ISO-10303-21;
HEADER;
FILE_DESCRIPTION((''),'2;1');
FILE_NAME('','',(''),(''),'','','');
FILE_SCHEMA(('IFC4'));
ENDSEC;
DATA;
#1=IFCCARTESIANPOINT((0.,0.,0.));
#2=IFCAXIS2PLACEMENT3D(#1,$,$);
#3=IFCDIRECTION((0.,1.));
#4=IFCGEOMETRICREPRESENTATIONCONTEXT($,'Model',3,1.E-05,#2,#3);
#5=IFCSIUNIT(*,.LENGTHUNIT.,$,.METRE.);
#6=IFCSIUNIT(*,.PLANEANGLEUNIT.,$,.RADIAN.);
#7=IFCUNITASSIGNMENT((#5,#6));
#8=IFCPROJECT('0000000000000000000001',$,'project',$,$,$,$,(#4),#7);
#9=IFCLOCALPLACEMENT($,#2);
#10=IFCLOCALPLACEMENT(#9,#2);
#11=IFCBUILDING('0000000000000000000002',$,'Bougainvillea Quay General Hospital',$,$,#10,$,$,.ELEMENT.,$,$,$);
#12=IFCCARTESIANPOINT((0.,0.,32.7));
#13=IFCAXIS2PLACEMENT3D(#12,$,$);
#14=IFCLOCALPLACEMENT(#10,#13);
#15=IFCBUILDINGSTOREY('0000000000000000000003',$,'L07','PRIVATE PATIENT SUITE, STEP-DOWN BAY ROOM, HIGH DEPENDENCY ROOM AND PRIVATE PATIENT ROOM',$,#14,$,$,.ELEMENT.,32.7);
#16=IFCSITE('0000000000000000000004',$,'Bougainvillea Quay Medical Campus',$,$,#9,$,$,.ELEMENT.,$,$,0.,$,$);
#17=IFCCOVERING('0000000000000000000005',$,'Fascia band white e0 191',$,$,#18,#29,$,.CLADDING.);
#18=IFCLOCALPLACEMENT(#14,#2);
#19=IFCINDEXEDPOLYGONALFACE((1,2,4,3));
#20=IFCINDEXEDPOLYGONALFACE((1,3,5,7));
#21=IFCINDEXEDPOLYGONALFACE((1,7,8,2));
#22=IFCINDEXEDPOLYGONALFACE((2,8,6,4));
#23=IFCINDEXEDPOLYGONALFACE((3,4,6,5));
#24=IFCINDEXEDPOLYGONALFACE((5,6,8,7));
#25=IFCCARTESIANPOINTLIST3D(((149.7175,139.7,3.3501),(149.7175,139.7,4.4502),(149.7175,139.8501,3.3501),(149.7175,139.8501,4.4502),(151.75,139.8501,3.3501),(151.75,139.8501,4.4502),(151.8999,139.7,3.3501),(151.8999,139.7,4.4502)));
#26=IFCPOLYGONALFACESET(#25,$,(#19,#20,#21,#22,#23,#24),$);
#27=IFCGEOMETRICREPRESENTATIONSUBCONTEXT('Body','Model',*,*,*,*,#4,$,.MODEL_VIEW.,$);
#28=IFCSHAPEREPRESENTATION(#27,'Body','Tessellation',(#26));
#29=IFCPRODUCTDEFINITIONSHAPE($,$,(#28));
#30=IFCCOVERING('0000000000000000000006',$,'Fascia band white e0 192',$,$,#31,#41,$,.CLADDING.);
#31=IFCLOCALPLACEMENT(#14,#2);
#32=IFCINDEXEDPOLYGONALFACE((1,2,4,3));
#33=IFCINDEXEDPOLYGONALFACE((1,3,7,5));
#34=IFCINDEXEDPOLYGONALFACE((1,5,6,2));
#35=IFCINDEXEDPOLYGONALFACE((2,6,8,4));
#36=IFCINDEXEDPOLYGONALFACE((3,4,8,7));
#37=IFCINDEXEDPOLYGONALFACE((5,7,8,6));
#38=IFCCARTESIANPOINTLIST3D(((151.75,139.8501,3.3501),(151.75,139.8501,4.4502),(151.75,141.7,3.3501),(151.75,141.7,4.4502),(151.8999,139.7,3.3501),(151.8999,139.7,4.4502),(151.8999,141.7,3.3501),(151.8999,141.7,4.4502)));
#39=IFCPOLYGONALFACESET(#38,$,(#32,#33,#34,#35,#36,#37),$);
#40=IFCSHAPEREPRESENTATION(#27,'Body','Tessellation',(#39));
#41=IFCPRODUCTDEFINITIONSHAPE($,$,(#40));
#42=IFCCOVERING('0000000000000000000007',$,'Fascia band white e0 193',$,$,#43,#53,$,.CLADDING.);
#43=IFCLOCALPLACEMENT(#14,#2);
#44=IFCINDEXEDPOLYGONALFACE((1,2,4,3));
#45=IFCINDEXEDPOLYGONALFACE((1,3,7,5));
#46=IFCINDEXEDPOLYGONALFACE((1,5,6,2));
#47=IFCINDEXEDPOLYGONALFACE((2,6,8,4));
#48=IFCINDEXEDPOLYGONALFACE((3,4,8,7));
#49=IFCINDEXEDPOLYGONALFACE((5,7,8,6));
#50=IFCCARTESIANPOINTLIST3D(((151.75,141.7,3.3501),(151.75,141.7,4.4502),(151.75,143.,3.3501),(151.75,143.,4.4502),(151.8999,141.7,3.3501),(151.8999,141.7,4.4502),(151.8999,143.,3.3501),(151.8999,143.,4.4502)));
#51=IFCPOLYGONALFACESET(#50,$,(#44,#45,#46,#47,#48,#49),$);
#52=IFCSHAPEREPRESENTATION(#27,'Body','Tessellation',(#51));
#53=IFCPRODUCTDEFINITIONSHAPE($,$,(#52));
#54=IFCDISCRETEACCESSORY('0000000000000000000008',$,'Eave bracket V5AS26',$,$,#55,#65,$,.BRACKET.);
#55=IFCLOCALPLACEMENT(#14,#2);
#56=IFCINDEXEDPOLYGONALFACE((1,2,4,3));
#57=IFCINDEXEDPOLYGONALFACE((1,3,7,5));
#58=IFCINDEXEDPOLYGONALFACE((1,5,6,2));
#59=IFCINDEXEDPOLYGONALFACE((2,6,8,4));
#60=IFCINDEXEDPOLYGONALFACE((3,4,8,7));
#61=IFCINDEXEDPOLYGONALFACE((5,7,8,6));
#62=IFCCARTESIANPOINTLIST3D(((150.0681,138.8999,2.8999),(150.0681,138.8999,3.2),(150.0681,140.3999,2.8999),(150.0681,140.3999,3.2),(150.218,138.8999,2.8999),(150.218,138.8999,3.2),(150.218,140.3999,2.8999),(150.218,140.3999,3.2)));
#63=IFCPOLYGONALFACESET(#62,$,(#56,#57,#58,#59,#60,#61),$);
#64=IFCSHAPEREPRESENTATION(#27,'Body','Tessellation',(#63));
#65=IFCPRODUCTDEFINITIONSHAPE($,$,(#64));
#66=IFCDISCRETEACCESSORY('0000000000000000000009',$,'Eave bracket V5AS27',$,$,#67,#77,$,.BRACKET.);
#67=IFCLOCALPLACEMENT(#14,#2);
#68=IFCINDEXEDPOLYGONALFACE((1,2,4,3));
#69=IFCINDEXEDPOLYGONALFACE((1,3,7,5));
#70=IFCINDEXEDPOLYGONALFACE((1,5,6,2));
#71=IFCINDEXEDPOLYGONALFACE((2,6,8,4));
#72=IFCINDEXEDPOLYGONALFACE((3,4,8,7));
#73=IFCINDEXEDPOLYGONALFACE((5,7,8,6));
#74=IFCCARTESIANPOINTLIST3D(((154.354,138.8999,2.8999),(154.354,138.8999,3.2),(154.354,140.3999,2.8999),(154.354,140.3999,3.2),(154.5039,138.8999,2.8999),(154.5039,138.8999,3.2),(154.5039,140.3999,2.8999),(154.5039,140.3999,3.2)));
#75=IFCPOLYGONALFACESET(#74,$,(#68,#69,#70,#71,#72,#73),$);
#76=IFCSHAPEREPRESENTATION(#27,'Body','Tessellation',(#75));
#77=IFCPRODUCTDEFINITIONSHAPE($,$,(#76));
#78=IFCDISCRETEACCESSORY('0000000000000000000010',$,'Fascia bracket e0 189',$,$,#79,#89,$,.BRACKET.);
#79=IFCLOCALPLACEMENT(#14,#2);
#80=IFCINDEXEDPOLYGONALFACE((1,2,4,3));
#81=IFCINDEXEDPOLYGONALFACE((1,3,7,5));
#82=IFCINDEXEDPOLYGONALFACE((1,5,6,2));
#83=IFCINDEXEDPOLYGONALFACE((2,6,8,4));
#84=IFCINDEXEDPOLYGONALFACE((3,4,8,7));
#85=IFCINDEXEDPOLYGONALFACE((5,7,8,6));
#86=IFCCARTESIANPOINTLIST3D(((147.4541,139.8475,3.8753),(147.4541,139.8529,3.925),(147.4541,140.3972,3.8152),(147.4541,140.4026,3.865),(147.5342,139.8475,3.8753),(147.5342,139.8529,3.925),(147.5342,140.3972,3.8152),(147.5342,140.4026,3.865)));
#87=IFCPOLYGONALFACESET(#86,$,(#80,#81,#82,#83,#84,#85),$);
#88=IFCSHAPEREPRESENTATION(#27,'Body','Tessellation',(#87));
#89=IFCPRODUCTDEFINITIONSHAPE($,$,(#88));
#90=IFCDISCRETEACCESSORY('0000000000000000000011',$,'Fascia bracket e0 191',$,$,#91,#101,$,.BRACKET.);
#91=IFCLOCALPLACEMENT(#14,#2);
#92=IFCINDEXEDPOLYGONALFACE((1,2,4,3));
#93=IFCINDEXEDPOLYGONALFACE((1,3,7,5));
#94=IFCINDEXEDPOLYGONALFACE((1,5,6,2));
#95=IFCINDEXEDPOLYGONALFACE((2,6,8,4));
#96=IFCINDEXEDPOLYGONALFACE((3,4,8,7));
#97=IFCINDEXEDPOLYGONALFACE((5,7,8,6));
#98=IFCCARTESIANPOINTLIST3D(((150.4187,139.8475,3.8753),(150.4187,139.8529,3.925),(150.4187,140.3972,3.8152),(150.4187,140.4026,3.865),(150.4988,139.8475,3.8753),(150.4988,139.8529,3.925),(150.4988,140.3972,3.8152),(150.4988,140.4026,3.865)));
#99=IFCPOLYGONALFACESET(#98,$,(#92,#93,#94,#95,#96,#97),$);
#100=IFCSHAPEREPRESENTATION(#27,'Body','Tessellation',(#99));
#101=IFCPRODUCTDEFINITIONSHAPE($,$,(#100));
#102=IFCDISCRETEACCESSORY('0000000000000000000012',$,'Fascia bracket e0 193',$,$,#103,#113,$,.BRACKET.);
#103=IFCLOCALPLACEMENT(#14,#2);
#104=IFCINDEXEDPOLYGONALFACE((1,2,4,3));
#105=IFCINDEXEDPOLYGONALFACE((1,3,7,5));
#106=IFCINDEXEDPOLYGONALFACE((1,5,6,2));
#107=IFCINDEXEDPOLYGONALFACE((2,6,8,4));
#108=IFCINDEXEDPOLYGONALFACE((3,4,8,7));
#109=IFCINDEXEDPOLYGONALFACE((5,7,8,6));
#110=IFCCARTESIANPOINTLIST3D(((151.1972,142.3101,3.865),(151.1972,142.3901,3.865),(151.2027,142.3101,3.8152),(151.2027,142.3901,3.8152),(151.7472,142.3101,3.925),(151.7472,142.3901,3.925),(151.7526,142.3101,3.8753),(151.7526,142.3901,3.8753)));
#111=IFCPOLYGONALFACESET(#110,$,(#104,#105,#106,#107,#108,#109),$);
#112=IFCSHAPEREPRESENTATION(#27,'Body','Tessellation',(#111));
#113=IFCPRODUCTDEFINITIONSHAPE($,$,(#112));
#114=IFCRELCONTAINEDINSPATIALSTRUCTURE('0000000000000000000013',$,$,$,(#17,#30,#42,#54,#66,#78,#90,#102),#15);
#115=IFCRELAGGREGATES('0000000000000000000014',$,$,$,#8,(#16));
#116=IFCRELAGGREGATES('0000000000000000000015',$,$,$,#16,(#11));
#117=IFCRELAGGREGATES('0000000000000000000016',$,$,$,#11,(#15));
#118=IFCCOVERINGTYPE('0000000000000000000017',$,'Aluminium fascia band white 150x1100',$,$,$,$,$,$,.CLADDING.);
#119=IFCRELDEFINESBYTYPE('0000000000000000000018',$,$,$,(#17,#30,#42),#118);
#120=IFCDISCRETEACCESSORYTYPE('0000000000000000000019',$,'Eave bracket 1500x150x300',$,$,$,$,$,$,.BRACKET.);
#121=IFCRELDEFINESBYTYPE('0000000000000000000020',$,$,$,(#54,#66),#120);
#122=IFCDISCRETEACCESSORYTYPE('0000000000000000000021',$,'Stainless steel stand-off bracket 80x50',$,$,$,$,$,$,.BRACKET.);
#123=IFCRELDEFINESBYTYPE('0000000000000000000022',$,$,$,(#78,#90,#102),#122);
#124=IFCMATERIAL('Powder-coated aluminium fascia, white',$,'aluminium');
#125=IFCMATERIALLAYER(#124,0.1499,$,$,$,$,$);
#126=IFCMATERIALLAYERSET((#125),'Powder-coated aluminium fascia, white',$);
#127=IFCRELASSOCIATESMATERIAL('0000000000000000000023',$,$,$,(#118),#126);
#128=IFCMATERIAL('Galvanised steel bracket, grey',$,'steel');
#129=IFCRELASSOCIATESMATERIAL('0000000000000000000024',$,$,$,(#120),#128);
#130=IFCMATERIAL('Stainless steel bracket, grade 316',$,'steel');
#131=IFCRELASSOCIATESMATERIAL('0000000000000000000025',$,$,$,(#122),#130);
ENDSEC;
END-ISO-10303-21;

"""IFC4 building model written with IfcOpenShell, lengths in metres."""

from ifc_helpers import new_model, si_unit, direction, frame, origin, origin_2d, place, context, subcontext, project, spatial, polyline, rectangle, outline, extrude, material, layer, layer_set, material_profile, profile_set, type_object, element, save


model = new_model("IFC4")

# Units and contexts
model_context = context("Model", 3, precision=1e-05, world=origin(), true_north=direction((0.0, 1.0)))
body_context = subcontext(model_context, "Body", "Model", "MODEL_VIEW")
ifc_project = project(units=[si_unit("LENGTHUNIT", "METRE"), si_unit("PLANEANGLEUNIT", "RADIAN")], contexts=[model_context])

# Site, building, storey
site_placement = place(None, origin())
site = spatial("IfcSite", under=ifc_project, at=site_placement, Name="Bougainvillea Quay Medical Campus", CompositionType="ELEMENT", RefElevation=0.0)
building_placement = place(site_placement, origin())
building = spatial("IfcBuilding", under=site, at=building_placement, Name="Bougainvillea Quay General Hospital", CompositionType="ELEMENT")
storey_placement = place(building_placement, frame((0.0, 0.0, 32.7)))
storey = spatial("IfcBuildingStorey", under=building, at=storey_placement, Name="L07", Description="PRIVATE PATIENT SUITE, STEP-DOWN BAY ROOM, HIGH DEPENDENCY ROOM AND PRIVATE PATIENT ROOM", CompositionType="ELEMENT", Elevation=32.7)

# Coverings
ifc_material_1 = material(Name="Powder-coated aluminium fascia, white", Category="aluminium")
ifc_layer_1 = layer(ifc_material_1, 0.1499)
ifc_layer_set_1 = layer_set([ifc_layer_1], Name="Powder-coated aluminium fascia, white")
covering_type = type_object("IfcCoveringType", Name="Aluminium fascia band white 150x1100", PredefinedType="CLADDING", material=ifc_layer_set_1)
covering_1_placement = place(storey_placement, frame((149.7175, 139.8501, 3.3501), z_axis=(0.0, 0.0, 1.0), x_axis=(1.0, 0.0, 0.0)))
element("IfcCovering", 1, at=covering_1_placement, inside=storey, type_object=covering_type, Name="Fascia band white e0 191", PredefinedType="CLADDING", context=body_context, shape_type="SweptSolid", body=[
    extrude(outline(polyline([(0.0, 0.0), (2.0325, 0.0), (2.1824, -0.1501), (0.0, -0.1501), (0.0, 0.0)])), origin(), (0.0, 0.0, 1.0), 1.1001),
])
covering_2_placement = place(storey_placement, frame((151.75, 139.8501, 3.3501), z_axis=(0.0, 0.0, 1.0), x_axis=(0.0, 1.0, 0.0)))
element("IfcCovering", 2, at=covering_2_placement, inside=storey, type_object=covering_type, Name="Fascia band white e0 192", PredefinedType="CLADDING", context=body_context, shape_type="SweptSolid", body=[
    extrude(outline(polyline([(0.0, 0.0), (1.8499, 0.0), (1.8499, -0.1499), (-0.1501, -0.1499), (0.0, 0.0)])), origin(), (0.0, 0.0, 1.0), 1.1001),
])
covering_3_placement = place(storey_placement, frame((151.75, 141.7, 3.3501), z_axis=(0.0, 0.0, 1.0), x_axis=(0.0, 1.0, 0.0)))
element("IfcCovering", 3, at=covering_3_placement, inside=storey, type_object=covering_type, Name="Fascia band white e0 193", PredefinedType="CLADDING", context=body_context, shape_type="SweptSolid", body=[
    extrude(outline(polyline([(0.0, 0.0), (1.3, 0.0), (1.3, -0.1499), (0.0, -0.1499), (0.0, 0.0)])), origin(), (0.0, 0.0, 1.0), 1.1001),
])

# Discrete accessories
ifc_material_2 = material(Name="Galvanised steel bracket, grey", Category="steel")
discrete_accessory_type_1 = type_object("IfcDiscreteAccessoryType", Name="Eave bracket 1500x150x300", PredefinedType="BRACKET", material=ifc_material_2)
for number, where, z_axis, x_axis, name in (
    (4, (150.1431, 139.6499, 2.8999), (0.0, 0.0, 1.0), (1.0, 0.0, 0.0), "Eave bracket V5AS26"),
    (5, (154.429, 139.6499, 2.8999), (0.0, 0.0, 1.0), (1.0, 0.0, 0.0), "Eave bracket V5AS27"),
):
    element("IfcDiscreteAccessory", number, at=place(storey_placement, frame(where, z_axis=z_axis, x_axis=x_axis)), inside=storey, type_object=discrete_accessory_type_1, Name=name, PredefinedType="BRACKET", context=body_context, shape_type="SweptSolid", body=[
        extrude(rectangle(XDim=0.1499, YDim=1.5, at=origin_2d()), origin(), (0.0, 0.0, 1.0), 0.3),
    ])
ifc_material_3 = material(Name="Stainless steel bracket, grade 316", Category="steel")
ifc_material_profile_1 = material_profile(ifc_material_3, rectangle(XDim=0.0801, YDim=0.05, at=origin_2d()))
ifc_profile_set_1 = profile_set([ifc_material_profile_1], Name="Stainless steel bracket, grade 316")
discrete_accessory_type_2 = type_object("IfcDiscreteAccessoryType", Name="Stainless steel stand-off bracket 80x50", PredefinedType="BRACKET", material=ifc_profile_set_1)
for number, where, z_axis, x_axis, name in (
    (6, (147.4941, 140.3999, 3.8401), (0.0, -0.994087, 0.10859), (1.0, 0.0, 0.0), "Fascia bracket e0 189"),
    (7, (150.4587, 140.3999, 3.8401), (0.0, -0.994087, 0.10859), (1.0, 0.0, 0.0), "Fascia bracket e0 191"),
):
    element("IfcDiscreteAccessory", number, at=place(storey_placement, frame(where, z_axis=z_axis, x_axis=x_axis)), inside=storey, type_object=discrete_accessory_type_2, Name=name, PredefinedType="BRACKET", context=body_context, shape_type="SweptSolid", body=[
        extrude(rectangle(XDim=0.0801, YDim=0.05, at=origin_2d()), origin(), (0.0, 0.0, 1.0), 0.553),
    ])
discrete_accessory_placement = place(storey_placement, frame((151.2, 142.3501, 3.8401), z_axis=(0.994092, 0.0, 0.108543), x_axis=(0.0, 1.0, 0.0)))
element("IfcDiscreteAccessory", 8, at=discrete_accessory_placement, inside=storey, type_object=discrete_accessory_type_2, Name="Fascia bracket e0 193", PredefinedType="BRACKET", context=body_context, shape_type="SweptSolid", body=[
    extrude(rectangle(XDim=0.0801, YDim=0.05, at=origin_2d()), origin(), (0.0, 0.0, 1.0), 0.5532),
])

save(model, "model.ifc")
